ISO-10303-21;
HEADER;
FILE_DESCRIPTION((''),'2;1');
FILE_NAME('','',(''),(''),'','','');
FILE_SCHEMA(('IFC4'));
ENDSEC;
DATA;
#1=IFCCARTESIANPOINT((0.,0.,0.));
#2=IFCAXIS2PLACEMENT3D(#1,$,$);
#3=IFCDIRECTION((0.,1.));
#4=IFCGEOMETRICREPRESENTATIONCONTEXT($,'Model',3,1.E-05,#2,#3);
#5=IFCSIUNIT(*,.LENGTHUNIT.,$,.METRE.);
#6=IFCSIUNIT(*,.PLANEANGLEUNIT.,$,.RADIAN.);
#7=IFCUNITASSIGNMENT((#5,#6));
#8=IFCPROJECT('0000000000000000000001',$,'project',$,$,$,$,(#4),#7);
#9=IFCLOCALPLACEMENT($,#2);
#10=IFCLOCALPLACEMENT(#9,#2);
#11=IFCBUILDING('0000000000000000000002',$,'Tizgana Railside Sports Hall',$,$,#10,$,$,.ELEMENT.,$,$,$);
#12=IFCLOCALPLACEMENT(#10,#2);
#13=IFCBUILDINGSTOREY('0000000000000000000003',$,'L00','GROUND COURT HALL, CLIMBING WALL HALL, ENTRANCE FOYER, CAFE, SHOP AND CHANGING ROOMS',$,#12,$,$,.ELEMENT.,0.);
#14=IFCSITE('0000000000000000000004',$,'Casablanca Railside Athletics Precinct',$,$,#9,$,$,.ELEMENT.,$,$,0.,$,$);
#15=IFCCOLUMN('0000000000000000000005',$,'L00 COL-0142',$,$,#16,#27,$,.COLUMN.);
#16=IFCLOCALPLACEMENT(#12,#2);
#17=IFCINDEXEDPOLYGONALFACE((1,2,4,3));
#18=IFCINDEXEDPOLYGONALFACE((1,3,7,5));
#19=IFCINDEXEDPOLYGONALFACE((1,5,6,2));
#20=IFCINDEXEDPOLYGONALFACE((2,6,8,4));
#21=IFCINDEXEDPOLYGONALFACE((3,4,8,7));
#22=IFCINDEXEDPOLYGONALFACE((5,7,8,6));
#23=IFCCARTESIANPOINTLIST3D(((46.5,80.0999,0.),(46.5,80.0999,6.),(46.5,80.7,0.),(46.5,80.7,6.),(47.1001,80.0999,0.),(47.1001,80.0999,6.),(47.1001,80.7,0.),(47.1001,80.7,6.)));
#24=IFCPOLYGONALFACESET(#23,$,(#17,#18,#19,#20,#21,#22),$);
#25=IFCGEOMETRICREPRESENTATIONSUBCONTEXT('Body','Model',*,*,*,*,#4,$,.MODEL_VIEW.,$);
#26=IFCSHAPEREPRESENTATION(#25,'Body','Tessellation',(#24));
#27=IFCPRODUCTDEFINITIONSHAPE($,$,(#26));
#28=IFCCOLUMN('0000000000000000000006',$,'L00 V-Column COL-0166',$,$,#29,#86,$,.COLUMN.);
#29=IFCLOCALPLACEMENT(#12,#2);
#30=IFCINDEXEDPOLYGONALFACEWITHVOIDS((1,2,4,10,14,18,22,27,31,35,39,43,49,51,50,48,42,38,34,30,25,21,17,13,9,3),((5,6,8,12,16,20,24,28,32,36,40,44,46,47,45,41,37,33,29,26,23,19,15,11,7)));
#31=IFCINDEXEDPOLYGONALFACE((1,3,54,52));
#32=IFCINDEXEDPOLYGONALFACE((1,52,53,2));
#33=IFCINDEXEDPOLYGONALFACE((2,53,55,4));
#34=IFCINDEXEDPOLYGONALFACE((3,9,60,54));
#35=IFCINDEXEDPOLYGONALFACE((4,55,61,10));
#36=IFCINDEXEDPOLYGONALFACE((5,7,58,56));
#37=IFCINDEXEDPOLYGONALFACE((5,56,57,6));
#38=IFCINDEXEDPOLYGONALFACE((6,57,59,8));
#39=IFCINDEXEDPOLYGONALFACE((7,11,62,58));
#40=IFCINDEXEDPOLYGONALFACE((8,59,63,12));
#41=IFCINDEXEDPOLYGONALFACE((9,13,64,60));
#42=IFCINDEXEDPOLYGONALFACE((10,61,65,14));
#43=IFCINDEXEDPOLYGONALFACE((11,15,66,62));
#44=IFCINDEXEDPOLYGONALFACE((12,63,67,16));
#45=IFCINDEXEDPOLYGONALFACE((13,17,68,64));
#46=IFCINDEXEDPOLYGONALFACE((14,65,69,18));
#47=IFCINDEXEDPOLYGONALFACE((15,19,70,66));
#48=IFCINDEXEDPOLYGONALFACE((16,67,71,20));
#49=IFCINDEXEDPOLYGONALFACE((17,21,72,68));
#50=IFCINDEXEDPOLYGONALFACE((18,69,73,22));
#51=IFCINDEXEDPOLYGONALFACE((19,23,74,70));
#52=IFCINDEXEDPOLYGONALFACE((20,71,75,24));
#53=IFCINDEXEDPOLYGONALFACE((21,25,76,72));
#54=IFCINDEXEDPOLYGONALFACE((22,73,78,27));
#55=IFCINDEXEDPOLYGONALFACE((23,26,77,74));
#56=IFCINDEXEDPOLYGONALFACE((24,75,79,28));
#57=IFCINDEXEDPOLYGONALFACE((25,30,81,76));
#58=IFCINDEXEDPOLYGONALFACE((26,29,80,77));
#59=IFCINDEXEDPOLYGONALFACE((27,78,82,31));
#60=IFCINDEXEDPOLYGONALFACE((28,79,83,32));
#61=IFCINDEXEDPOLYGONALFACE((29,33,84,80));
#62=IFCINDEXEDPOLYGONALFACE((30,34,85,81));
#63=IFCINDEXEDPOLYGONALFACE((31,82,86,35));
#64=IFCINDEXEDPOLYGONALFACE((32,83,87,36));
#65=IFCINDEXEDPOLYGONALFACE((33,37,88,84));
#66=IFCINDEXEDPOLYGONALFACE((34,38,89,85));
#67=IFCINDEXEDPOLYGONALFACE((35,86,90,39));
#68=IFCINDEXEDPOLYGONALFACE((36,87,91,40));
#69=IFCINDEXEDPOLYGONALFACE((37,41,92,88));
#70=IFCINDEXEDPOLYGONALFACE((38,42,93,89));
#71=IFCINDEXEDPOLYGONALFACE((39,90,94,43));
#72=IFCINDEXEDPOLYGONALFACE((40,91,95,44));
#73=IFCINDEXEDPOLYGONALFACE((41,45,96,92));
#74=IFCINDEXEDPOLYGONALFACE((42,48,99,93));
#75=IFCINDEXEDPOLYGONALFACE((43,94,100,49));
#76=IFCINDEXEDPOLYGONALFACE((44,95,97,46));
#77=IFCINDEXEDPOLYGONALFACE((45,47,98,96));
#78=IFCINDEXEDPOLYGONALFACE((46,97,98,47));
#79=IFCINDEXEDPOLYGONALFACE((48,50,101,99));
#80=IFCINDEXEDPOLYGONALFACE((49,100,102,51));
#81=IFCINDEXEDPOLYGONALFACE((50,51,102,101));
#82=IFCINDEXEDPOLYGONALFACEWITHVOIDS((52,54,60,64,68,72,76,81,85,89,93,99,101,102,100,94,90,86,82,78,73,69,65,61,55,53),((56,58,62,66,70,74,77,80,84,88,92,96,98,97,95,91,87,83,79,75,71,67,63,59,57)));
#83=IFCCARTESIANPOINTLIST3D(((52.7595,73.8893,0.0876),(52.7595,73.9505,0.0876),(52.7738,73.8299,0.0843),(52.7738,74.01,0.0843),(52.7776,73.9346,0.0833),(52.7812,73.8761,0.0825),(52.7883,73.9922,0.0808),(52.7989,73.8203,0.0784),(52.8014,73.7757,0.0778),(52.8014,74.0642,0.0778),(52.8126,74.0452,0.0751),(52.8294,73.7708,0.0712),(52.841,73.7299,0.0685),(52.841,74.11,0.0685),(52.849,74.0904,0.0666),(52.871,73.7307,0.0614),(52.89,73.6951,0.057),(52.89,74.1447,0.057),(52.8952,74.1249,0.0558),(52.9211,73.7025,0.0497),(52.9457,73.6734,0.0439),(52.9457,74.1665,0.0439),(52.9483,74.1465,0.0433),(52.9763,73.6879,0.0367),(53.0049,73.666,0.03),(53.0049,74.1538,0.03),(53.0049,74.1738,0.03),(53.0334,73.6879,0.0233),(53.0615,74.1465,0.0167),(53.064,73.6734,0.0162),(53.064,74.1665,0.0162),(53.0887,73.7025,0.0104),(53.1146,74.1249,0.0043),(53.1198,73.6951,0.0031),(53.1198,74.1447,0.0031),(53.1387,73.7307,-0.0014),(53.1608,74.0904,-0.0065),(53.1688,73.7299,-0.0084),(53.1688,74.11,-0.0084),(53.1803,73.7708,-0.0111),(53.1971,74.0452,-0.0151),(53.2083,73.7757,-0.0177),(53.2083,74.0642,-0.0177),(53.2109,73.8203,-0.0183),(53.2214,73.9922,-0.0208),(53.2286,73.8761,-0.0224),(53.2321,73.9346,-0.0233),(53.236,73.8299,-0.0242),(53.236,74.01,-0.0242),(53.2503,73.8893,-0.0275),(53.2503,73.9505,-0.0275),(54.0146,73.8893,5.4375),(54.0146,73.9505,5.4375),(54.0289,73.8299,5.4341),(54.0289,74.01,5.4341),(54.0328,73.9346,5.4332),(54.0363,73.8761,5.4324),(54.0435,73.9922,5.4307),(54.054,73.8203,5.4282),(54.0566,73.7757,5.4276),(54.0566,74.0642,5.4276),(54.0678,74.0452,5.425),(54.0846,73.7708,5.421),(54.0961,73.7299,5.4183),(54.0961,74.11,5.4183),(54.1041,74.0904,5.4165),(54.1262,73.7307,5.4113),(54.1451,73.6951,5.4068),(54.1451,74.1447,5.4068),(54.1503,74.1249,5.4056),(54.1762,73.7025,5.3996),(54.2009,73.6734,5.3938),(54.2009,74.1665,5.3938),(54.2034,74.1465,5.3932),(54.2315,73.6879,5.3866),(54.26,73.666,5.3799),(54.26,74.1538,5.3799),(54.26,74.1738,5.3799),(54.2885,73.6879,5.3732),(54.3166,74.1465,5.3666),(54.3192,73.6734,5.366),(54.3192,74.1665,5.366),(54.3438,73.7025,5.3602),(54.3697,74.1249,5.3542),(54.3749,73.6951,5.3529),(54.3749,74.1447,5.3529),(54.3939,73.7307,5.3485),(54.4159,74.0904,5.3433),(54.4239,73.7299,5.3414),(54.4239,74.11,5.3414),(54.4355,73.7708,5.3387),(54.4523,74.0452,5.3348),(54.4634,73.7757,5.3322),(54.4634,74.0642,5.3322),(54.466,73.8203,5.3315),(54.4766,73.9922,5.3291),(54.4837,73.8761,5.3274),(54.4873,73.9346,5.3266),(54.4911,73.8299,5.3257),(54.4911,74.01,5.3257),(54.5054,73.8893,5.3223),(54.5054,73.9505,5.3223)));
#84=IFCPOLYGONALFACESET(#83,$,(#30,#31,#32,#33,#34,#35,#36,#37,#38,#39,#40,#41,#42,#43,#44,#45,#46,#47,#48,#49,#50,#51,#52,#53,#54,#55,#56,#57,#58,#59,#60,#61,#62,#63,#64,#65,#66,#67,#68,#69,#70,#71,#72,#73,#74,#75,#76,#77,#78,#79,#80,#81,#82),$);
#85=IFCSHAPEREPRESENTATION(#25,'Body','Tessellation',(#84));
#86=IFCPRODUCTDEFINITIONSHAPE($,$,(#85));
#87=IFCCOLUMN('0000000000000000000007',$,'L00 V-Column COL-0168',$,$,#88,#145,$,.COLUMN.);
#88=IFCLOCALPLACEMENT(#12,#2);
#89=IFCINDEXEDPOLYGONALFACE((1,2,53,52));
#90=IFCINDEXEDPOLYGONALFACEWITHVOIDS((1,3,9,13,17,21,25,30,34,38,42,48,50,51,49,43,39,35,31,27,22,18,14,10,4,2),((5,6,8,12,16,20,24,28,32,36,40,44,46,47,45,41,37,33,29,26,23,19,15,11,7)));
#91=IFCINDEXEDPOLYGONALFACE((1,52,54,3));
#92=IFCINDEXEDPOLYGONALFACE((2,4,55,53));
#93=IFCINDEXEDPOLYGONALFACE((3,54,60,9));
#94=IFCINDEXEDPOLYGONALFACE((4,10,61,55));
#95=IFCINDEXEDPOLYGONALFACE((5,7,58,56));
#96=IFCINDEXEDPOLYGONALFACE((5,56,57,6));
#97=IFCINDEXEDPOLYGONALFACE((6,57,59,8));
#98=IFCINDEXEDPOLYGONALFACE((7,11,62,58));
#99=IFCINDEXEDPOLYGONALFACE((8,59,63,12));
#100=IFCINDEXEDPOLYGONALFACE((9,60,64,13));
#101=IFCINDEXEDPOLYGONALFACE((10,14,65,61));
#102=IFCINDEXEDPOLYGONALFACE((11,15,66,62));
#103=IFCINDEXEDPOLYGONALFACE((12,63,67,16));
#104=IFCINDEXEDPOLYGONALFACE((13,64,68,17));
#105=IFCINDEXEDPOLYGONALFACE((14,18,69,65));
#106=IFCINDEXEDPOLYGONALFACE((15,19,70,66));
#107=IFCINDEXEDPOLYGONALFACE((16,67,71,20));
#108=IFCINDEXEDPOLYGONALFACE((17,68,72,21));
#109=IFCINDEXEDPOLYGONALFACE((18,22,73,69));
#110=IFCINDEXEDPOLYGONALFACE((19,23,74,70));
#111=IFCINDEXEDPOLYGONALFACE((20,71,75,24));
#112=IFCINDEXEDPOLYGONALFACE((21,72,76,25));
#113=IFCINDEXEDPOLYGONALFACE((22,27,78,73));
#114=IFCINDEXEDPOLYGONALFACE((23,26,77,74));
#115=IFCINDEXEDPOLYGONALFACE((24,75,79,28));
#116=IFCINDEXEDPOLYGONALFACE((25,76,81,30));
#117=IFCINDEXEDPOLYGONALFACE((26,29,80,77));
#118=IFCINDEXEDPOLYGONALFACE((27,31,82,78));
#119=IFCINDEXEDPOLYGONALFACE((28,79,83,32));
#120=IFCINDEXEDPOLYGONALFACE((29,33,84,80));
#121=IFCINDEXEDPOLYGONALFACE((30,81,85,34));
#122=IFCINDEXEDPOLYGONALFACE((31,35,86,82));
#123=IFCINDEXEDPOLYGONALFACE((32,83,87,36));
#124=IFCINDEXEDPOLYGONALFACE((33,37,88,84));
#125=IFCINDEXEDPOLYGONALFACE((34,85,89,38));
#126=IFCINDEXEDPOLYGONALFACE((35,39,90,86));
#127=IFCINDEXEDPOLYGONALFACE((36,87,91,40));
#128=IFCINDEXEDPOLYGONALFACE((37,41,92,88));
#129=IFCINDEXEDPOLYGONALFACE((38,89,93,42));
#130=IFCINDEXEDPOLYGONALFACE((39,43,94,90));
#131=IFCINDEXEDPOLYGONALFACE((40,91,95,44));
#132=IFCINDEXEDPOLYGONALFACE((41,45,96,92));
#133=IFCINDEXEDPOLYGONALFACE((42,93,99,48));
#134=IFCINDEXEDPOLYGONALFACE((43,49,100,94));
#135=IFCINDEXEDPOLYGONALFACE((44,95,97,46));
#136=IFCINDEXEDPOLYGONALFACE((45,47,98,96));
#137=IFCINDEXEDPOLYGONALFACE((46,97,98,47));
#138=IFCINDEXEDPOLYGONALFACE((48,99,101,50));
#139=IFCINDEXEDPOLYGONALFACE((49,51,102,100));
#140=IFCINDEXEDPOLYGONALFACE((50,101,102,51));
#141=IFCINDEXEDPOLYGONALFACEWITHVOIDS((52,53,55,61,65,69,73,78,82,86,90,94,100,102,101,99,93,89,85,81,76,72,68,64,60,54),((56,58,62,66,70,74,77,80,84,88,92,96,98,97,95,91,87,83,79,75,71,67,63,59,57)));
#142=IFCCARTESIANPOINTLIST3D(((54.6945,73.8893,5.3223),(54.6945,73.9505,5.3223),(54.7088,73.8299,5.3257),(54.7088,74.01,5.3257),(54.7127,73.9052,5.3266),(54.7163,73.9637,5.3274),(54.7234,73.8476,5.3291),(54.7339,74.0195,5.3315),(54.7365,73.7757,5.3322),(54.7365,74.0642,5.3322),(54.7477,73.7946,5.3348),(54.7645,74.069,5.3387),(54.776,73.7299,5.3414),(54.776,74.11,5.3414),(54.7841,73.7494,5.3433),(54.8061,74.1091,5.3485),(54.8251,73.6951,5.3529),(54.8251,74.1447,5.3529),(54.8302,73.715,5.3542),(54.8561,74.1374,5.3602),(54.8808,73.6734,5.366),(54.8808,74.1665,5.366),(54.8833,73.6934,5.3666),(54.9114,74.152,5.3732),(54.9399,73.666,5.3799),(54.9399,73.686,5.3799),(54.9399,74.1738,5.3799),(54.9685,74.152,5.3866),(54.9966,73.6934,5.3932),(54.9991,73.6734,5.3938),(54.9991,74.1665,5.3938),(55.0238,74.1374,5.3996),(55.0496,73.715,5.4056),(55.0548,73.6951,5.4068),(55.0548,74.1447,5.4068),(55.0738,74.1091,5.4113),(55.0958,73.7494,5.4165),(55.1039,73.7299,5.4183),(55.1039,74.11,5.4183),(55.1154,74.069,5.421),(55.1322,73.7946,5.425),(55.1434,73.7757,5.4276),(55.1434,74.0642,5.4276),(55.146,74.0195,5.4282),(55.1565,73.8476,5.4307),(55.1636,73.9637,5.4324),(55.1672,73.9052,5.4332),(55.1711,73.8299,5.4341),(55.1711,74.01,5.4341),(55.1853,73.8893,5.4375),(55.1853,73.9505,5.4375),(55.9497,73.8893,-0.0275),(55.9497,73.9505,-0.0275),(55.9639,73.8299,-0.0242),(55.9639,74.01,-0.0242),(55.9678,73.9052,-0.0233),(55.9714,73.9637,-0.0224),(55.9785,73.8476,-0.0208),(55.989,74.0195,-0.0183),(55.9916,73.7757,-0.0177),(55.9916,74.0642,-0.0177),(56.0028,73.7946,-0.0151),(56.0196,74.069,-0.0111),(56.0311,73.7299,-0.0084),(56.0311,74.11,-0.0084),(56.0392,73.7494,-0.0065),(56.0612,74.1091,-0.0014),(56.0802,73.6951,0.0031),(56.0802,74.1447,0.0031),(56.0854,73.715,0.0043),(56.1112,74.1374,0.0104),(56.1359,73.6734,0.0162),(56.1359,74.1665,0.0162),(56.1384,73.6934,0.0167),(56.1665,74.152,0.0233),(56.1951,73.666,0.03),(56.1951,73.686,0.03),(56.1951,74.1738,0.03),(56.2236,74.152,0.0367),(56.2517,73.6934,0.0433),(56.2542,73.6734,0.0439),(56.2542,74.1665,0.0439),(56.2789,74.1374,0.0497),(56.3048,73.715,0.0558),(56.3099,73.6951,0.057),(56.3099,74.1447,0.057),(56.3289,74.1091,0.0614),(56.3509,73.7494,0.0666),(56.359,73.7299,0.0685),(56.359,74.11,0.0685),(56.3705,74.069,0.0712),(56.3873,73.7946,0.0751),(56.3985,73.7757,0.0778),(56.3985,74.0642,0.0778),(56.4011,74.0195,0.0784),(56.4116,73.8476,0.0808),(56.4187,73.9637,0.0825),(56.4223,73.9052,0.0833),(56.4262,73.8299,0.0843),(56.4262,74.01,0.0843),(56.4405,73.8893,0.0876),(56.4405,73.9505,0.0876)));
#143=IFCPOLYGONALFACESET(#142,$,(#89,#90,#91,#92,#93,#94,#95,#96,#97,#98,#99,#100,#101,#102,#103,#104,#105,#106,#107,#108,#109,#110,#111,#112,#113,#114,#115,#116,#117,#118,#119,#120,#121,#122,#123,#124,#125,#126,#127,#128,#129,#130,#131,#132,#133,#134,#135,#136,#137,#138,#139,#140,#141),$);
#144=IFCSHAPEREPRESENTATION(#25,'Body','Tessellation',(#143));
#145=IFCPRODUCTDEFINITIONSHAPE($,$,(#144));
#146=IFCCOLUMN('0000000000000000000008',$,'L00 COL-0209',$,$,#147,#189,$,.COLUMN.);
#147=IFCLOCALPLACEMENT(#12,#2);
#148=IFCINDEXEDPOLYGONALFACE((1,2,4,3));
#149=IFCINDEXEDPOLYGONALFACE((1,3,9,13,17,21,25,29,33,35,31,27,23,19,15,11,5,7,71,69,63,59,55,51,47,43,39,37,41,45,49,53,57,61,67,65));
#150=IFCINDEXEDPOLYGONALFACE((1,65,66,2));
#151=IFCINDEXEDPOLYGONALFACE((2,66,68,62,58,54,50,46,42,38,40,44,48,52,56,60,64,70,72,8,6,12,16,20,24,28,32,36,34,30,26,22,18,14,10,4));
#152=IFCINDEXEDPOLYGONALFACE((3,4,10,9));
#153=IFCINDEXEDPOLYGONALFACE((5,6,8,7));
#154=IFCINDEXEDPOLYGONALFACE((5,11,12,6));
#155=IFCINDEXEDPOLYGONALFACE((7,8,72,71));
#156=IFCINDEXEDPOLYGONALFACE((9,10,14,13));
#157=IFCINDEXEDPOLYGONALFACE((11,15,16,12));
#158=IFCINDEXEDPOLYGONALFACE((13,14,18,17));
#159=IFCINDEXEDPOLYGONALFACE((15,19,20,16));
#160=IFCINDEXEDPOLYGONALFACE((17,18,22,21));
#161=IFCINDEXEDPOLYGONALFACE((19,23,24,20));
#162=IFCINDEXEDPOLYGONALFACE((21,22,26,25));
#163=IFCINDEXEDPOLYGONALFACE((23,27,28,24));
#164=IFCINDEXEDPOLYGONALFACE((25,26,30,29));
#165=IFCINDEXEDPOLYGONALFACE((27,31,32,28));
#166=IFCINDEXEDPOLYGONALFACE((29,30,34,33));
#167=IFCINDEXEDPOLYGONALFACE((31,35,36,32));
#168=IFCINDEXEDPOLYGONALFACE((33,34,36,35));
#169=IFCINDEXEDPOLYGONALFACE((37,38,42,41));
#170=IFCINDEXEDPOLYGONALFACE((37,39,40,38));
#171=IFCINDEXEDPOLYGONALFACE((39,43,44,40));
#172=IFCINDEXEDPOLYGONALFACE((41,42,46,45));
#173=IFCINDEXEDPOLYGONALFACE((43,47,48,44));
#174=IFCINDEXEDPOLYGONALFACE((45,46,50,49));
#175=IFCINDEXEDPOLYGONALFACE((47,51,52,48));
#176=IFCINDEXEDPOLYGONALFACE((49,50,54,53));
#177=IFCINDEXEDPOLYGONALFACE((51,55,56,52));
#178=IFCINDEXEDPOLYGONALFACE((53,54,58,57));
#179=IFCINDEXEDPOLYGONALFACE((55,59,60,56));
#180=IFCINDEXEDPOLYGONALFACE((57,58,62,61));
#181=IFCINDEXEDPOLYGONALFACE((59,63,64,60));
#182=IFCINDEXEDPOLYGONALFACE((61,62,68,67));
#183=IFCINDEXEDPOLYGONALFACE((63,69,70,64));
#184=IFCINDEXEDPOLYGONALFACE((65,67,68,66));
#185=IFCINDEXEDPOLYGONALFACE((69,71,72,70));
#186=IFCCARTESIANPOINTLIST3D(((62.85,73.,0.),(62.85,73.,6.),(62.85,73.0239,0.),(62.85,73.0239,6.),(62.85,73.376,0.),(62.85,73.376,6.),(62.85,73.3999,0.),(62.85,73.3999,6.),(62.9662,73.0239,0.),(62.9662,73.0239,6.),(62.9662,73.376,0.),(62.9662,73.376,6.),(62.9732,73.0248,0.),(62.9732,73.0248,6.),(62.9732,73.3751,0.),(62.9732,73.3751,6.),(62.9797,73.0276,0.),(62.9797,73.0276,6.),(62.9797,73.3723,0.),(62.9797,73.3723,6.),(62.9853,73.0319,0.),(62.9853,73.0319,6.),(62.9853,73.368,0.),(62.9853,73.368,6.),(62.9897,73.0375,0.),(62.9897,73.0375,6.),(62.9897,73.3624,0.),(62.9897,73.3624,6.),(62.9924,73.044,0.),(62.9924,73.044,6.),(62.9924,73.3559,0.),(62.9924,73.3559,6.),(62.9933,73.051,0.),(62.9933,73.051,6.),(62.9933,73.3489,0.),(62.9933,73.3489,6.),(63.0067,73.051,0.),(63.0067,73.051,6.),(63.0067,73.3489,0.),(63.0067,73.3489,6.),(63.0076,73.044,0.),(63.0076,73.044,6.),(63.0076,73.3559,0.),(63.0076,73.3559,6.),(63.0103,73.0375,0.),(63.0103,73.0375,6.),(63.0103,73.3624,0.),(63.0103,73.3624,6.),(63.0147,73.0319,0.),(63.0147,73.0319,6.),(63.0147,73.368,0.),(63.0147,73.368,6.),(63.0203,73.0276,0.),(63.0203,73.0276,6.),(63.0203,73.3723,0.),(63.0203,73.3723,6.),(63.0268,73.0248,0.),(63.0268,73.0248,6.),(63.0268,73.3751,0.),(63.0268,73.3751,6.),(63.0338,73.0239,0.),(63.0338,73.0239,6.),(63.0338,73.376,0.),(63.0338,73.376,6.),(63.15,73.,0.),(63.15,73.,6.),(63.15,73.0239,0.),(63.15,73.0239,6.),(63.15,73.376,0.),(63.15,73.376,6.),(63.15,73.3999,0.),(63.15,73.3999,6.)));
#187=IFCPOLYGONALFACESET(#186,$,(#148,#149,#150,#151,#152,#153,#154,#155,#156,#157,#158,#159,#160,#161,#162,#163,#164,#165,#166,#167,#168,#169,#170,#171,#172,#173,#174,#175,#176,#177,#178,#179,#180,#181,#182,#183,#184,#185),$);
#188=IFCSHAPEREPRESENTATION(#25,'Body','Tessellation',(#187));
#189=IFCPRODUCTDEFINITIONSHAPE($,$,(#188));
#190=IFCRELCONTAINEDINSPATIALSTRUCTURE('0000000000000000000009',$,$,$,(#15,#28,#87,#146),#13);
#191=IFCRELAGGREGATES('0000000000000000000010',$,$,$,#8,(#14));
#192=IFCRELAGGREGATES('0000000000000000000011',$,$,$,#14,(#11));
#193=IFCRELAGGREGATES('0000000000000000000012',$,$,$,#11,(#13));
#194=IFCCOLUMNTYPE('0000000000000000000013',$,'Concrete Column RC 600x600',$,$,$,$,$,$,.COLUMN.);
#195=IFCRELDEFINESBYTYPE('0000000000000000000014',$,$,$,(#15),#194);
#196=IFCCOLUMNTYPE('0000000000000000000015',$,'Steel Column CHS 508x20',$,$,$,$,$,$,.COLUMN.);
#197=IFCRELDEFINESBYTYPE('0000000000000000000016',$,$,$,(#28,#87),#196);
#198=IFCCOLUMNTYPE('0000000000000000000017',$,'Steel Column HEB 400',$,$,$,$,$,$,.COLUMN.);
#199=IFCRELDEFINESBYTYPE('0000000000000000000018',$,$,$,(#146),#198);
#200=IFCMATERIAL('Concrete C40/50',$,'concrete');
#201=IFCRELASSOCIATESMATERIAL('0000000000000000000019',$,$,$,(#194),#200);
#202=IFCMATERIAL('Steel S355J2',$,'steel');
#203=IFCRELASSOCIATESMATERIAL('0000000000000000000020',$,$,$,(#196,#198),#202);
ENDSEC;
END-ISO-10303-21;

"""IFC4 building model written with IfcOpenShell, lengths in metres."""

from ifc_helpers import new_model, si_unit, direction, frame, origin, origin_2d, place, context, subcontext, project, spatial, rectangle, hollow_circle, i_section, extrude, material, material_profile, profile_set, type_object, element, save


model = new_model("IFC4")

# Units and contexts
model_context = context("Model", 3, precision=1e-05, world=origin(), true_north=direction((0.0, 1.0)))
body_context = subcontext(model_context, "Body", "Model", "MODEL_VIEW")
ifc_project = project(units=[si_unit("LENGTHUNIT", "METRE"), si_unit("PLANEANGLEUNIT", "RADIAN")], contexts=[model_context])

# Site, building, storey
site_placement = place(None, origin())
site = spatial("IfcSite", under=ifc_project, at=site_placement, Name="Casablanca Railside Athletics Precinct", CompositionType="ELEMENT", RefElevation=0.0)
building_placement = place(site_placement, origin())
building = spatial("IfcBuilding", under=site, at=building_placement, Name="Tizgana Railside Sports Hall", CompositionType="ELEMENT")
storey_placement = place(building_placement, origin())
storey = spatial("IfcBuildingStorey", under=building, at=storey_placement, Name="L00", Description="GROUND COURT HALL, CLIMBING WALL HALL, ENTRANCE FOYER, CAFE, SHOP AND CHANGING ROOMS", CompositionType="ELEMENT", Elevation=0.0)

# Columns
ifc_material_1 = material(Name="Concrete C40/50", Category="concrete")
ifc_material_profile_1 = material_profile(ifc_material_1, rectangle(XDim=0.6001, YDim=0.6001, at=origin_2d()), Name="RC 600x600")
ifc_profile_set_1 = profile_set([ifc_material_profile_1], Name="Concrete C40/50")
column_type_1 = type_object("IfcColumnType", Name="Concrete Column RC 600x600", PredefinedType="COLUMN", material=ifc_profile_set_1)
column_1_placement = place(storey_placement, frame((46.8, 80.3999, 0.0), z_axis=(0.0, 0.0, 1.0), x_axis=(1.0, 0.0, 0.0)))
element("IfcColumn", 1, at=column_1_placement, inside=storey, type_object=column_type_1, Name="L00 COL-0142", PredefinedType="COLUMN", context=body_context, shape_type="SweptSolid", body=[
    extrude(rectangle(XDim=0.6001, YDim=0.6001, at=origin_2d()), origin(), (0.0, 0.0, 1.0), 6.0),
])
ifc_material_2 = material(Name="Steel S355J2", Category="steel")
ifc_material_profile_2 = material_profile(ifc_material_2, hollow_circle(Radius=0.2539, WallThickness=0.02, at=origin_2d()), Name="CHS 508x20")
ifc_profile_set_2 = profile_set([ifc_material_profile_2], Name="Steel S355J2")
column_type_2 = type_object("IfcColumnType", Name="Steel Column CHS 508x20", PredefinedType="COLUMN", material=ifc_profile_set_2)
for number, where, z_axis, x_axis, name in (
    (2, (53.0049, 73.9199, 0.03), (0.228408, 0.0, 0.973566), (0.0, 1.0, 0.0), "L00 V-Column COL-0166"),
    (3, (56.1951, 73.9199, 0.03), (-0.228408, 0.0, 0.973566), (0.0, -1.0, 0.0), "L00 V-Column COL-0168"),
):
    element("IfcColumn", number, at=place(storey_placement, frame(where, z_axis=z_axis, x_axis=x_axis)), inside=storey, type_object=column_type_2, Name=name, PredefinedType="COLUMN", context=body_context, shape_type="SweptSolid", body=[
        extrude(hollow_circle(Radius=0.2539, WallThickness=0.02, at=origin_2d()), origin(), (0.0, 0.0, 1.0), 5.4951),
    ])
ifc_material_profile_3 = material_profile(ifc_material_2, i_section(OverallWidth=0.3, OverallDepth=0.3999, WebThickness=0.0134, FlangeThickness=0.0239, FilletRadius=0.0271, at=origin_2d()), Name="HEB 400")
ifc_profile_set_3 = profile_set([ifc_material_profile_3], Name="Steel S355J2")
column_type_3 = type_object("IfcColumnType", Name="Steel Column HEB 400", PredefinedType="COLUMN", material=ifc_profile_set_3)
column_2_placement = place(storey_placement, frame((63.0, 73.2, 0.0), z_axis=(0.0, 0.0, 1.0), x_axis=(1.0, 0.0, 0.0)))
element("IfcColumn", 4, at=column_2_placement, inside=storey, type_object=column_type_3, Name="L00 COL-0209", PredefinedType="COLUMN", context=body_context, shape_type="SweptSolid", body=[
    extrude(i_section(OverallWidth=0.3, OverallDepth=0.3999, WebThickness=0.0134, FlangeThickness=0.0239, FilletRadius=0.0271, at=origin_2d()), origin(), (0.0, 0.0, 1.0), 6.0),
])

save(model, "model.ifc")
